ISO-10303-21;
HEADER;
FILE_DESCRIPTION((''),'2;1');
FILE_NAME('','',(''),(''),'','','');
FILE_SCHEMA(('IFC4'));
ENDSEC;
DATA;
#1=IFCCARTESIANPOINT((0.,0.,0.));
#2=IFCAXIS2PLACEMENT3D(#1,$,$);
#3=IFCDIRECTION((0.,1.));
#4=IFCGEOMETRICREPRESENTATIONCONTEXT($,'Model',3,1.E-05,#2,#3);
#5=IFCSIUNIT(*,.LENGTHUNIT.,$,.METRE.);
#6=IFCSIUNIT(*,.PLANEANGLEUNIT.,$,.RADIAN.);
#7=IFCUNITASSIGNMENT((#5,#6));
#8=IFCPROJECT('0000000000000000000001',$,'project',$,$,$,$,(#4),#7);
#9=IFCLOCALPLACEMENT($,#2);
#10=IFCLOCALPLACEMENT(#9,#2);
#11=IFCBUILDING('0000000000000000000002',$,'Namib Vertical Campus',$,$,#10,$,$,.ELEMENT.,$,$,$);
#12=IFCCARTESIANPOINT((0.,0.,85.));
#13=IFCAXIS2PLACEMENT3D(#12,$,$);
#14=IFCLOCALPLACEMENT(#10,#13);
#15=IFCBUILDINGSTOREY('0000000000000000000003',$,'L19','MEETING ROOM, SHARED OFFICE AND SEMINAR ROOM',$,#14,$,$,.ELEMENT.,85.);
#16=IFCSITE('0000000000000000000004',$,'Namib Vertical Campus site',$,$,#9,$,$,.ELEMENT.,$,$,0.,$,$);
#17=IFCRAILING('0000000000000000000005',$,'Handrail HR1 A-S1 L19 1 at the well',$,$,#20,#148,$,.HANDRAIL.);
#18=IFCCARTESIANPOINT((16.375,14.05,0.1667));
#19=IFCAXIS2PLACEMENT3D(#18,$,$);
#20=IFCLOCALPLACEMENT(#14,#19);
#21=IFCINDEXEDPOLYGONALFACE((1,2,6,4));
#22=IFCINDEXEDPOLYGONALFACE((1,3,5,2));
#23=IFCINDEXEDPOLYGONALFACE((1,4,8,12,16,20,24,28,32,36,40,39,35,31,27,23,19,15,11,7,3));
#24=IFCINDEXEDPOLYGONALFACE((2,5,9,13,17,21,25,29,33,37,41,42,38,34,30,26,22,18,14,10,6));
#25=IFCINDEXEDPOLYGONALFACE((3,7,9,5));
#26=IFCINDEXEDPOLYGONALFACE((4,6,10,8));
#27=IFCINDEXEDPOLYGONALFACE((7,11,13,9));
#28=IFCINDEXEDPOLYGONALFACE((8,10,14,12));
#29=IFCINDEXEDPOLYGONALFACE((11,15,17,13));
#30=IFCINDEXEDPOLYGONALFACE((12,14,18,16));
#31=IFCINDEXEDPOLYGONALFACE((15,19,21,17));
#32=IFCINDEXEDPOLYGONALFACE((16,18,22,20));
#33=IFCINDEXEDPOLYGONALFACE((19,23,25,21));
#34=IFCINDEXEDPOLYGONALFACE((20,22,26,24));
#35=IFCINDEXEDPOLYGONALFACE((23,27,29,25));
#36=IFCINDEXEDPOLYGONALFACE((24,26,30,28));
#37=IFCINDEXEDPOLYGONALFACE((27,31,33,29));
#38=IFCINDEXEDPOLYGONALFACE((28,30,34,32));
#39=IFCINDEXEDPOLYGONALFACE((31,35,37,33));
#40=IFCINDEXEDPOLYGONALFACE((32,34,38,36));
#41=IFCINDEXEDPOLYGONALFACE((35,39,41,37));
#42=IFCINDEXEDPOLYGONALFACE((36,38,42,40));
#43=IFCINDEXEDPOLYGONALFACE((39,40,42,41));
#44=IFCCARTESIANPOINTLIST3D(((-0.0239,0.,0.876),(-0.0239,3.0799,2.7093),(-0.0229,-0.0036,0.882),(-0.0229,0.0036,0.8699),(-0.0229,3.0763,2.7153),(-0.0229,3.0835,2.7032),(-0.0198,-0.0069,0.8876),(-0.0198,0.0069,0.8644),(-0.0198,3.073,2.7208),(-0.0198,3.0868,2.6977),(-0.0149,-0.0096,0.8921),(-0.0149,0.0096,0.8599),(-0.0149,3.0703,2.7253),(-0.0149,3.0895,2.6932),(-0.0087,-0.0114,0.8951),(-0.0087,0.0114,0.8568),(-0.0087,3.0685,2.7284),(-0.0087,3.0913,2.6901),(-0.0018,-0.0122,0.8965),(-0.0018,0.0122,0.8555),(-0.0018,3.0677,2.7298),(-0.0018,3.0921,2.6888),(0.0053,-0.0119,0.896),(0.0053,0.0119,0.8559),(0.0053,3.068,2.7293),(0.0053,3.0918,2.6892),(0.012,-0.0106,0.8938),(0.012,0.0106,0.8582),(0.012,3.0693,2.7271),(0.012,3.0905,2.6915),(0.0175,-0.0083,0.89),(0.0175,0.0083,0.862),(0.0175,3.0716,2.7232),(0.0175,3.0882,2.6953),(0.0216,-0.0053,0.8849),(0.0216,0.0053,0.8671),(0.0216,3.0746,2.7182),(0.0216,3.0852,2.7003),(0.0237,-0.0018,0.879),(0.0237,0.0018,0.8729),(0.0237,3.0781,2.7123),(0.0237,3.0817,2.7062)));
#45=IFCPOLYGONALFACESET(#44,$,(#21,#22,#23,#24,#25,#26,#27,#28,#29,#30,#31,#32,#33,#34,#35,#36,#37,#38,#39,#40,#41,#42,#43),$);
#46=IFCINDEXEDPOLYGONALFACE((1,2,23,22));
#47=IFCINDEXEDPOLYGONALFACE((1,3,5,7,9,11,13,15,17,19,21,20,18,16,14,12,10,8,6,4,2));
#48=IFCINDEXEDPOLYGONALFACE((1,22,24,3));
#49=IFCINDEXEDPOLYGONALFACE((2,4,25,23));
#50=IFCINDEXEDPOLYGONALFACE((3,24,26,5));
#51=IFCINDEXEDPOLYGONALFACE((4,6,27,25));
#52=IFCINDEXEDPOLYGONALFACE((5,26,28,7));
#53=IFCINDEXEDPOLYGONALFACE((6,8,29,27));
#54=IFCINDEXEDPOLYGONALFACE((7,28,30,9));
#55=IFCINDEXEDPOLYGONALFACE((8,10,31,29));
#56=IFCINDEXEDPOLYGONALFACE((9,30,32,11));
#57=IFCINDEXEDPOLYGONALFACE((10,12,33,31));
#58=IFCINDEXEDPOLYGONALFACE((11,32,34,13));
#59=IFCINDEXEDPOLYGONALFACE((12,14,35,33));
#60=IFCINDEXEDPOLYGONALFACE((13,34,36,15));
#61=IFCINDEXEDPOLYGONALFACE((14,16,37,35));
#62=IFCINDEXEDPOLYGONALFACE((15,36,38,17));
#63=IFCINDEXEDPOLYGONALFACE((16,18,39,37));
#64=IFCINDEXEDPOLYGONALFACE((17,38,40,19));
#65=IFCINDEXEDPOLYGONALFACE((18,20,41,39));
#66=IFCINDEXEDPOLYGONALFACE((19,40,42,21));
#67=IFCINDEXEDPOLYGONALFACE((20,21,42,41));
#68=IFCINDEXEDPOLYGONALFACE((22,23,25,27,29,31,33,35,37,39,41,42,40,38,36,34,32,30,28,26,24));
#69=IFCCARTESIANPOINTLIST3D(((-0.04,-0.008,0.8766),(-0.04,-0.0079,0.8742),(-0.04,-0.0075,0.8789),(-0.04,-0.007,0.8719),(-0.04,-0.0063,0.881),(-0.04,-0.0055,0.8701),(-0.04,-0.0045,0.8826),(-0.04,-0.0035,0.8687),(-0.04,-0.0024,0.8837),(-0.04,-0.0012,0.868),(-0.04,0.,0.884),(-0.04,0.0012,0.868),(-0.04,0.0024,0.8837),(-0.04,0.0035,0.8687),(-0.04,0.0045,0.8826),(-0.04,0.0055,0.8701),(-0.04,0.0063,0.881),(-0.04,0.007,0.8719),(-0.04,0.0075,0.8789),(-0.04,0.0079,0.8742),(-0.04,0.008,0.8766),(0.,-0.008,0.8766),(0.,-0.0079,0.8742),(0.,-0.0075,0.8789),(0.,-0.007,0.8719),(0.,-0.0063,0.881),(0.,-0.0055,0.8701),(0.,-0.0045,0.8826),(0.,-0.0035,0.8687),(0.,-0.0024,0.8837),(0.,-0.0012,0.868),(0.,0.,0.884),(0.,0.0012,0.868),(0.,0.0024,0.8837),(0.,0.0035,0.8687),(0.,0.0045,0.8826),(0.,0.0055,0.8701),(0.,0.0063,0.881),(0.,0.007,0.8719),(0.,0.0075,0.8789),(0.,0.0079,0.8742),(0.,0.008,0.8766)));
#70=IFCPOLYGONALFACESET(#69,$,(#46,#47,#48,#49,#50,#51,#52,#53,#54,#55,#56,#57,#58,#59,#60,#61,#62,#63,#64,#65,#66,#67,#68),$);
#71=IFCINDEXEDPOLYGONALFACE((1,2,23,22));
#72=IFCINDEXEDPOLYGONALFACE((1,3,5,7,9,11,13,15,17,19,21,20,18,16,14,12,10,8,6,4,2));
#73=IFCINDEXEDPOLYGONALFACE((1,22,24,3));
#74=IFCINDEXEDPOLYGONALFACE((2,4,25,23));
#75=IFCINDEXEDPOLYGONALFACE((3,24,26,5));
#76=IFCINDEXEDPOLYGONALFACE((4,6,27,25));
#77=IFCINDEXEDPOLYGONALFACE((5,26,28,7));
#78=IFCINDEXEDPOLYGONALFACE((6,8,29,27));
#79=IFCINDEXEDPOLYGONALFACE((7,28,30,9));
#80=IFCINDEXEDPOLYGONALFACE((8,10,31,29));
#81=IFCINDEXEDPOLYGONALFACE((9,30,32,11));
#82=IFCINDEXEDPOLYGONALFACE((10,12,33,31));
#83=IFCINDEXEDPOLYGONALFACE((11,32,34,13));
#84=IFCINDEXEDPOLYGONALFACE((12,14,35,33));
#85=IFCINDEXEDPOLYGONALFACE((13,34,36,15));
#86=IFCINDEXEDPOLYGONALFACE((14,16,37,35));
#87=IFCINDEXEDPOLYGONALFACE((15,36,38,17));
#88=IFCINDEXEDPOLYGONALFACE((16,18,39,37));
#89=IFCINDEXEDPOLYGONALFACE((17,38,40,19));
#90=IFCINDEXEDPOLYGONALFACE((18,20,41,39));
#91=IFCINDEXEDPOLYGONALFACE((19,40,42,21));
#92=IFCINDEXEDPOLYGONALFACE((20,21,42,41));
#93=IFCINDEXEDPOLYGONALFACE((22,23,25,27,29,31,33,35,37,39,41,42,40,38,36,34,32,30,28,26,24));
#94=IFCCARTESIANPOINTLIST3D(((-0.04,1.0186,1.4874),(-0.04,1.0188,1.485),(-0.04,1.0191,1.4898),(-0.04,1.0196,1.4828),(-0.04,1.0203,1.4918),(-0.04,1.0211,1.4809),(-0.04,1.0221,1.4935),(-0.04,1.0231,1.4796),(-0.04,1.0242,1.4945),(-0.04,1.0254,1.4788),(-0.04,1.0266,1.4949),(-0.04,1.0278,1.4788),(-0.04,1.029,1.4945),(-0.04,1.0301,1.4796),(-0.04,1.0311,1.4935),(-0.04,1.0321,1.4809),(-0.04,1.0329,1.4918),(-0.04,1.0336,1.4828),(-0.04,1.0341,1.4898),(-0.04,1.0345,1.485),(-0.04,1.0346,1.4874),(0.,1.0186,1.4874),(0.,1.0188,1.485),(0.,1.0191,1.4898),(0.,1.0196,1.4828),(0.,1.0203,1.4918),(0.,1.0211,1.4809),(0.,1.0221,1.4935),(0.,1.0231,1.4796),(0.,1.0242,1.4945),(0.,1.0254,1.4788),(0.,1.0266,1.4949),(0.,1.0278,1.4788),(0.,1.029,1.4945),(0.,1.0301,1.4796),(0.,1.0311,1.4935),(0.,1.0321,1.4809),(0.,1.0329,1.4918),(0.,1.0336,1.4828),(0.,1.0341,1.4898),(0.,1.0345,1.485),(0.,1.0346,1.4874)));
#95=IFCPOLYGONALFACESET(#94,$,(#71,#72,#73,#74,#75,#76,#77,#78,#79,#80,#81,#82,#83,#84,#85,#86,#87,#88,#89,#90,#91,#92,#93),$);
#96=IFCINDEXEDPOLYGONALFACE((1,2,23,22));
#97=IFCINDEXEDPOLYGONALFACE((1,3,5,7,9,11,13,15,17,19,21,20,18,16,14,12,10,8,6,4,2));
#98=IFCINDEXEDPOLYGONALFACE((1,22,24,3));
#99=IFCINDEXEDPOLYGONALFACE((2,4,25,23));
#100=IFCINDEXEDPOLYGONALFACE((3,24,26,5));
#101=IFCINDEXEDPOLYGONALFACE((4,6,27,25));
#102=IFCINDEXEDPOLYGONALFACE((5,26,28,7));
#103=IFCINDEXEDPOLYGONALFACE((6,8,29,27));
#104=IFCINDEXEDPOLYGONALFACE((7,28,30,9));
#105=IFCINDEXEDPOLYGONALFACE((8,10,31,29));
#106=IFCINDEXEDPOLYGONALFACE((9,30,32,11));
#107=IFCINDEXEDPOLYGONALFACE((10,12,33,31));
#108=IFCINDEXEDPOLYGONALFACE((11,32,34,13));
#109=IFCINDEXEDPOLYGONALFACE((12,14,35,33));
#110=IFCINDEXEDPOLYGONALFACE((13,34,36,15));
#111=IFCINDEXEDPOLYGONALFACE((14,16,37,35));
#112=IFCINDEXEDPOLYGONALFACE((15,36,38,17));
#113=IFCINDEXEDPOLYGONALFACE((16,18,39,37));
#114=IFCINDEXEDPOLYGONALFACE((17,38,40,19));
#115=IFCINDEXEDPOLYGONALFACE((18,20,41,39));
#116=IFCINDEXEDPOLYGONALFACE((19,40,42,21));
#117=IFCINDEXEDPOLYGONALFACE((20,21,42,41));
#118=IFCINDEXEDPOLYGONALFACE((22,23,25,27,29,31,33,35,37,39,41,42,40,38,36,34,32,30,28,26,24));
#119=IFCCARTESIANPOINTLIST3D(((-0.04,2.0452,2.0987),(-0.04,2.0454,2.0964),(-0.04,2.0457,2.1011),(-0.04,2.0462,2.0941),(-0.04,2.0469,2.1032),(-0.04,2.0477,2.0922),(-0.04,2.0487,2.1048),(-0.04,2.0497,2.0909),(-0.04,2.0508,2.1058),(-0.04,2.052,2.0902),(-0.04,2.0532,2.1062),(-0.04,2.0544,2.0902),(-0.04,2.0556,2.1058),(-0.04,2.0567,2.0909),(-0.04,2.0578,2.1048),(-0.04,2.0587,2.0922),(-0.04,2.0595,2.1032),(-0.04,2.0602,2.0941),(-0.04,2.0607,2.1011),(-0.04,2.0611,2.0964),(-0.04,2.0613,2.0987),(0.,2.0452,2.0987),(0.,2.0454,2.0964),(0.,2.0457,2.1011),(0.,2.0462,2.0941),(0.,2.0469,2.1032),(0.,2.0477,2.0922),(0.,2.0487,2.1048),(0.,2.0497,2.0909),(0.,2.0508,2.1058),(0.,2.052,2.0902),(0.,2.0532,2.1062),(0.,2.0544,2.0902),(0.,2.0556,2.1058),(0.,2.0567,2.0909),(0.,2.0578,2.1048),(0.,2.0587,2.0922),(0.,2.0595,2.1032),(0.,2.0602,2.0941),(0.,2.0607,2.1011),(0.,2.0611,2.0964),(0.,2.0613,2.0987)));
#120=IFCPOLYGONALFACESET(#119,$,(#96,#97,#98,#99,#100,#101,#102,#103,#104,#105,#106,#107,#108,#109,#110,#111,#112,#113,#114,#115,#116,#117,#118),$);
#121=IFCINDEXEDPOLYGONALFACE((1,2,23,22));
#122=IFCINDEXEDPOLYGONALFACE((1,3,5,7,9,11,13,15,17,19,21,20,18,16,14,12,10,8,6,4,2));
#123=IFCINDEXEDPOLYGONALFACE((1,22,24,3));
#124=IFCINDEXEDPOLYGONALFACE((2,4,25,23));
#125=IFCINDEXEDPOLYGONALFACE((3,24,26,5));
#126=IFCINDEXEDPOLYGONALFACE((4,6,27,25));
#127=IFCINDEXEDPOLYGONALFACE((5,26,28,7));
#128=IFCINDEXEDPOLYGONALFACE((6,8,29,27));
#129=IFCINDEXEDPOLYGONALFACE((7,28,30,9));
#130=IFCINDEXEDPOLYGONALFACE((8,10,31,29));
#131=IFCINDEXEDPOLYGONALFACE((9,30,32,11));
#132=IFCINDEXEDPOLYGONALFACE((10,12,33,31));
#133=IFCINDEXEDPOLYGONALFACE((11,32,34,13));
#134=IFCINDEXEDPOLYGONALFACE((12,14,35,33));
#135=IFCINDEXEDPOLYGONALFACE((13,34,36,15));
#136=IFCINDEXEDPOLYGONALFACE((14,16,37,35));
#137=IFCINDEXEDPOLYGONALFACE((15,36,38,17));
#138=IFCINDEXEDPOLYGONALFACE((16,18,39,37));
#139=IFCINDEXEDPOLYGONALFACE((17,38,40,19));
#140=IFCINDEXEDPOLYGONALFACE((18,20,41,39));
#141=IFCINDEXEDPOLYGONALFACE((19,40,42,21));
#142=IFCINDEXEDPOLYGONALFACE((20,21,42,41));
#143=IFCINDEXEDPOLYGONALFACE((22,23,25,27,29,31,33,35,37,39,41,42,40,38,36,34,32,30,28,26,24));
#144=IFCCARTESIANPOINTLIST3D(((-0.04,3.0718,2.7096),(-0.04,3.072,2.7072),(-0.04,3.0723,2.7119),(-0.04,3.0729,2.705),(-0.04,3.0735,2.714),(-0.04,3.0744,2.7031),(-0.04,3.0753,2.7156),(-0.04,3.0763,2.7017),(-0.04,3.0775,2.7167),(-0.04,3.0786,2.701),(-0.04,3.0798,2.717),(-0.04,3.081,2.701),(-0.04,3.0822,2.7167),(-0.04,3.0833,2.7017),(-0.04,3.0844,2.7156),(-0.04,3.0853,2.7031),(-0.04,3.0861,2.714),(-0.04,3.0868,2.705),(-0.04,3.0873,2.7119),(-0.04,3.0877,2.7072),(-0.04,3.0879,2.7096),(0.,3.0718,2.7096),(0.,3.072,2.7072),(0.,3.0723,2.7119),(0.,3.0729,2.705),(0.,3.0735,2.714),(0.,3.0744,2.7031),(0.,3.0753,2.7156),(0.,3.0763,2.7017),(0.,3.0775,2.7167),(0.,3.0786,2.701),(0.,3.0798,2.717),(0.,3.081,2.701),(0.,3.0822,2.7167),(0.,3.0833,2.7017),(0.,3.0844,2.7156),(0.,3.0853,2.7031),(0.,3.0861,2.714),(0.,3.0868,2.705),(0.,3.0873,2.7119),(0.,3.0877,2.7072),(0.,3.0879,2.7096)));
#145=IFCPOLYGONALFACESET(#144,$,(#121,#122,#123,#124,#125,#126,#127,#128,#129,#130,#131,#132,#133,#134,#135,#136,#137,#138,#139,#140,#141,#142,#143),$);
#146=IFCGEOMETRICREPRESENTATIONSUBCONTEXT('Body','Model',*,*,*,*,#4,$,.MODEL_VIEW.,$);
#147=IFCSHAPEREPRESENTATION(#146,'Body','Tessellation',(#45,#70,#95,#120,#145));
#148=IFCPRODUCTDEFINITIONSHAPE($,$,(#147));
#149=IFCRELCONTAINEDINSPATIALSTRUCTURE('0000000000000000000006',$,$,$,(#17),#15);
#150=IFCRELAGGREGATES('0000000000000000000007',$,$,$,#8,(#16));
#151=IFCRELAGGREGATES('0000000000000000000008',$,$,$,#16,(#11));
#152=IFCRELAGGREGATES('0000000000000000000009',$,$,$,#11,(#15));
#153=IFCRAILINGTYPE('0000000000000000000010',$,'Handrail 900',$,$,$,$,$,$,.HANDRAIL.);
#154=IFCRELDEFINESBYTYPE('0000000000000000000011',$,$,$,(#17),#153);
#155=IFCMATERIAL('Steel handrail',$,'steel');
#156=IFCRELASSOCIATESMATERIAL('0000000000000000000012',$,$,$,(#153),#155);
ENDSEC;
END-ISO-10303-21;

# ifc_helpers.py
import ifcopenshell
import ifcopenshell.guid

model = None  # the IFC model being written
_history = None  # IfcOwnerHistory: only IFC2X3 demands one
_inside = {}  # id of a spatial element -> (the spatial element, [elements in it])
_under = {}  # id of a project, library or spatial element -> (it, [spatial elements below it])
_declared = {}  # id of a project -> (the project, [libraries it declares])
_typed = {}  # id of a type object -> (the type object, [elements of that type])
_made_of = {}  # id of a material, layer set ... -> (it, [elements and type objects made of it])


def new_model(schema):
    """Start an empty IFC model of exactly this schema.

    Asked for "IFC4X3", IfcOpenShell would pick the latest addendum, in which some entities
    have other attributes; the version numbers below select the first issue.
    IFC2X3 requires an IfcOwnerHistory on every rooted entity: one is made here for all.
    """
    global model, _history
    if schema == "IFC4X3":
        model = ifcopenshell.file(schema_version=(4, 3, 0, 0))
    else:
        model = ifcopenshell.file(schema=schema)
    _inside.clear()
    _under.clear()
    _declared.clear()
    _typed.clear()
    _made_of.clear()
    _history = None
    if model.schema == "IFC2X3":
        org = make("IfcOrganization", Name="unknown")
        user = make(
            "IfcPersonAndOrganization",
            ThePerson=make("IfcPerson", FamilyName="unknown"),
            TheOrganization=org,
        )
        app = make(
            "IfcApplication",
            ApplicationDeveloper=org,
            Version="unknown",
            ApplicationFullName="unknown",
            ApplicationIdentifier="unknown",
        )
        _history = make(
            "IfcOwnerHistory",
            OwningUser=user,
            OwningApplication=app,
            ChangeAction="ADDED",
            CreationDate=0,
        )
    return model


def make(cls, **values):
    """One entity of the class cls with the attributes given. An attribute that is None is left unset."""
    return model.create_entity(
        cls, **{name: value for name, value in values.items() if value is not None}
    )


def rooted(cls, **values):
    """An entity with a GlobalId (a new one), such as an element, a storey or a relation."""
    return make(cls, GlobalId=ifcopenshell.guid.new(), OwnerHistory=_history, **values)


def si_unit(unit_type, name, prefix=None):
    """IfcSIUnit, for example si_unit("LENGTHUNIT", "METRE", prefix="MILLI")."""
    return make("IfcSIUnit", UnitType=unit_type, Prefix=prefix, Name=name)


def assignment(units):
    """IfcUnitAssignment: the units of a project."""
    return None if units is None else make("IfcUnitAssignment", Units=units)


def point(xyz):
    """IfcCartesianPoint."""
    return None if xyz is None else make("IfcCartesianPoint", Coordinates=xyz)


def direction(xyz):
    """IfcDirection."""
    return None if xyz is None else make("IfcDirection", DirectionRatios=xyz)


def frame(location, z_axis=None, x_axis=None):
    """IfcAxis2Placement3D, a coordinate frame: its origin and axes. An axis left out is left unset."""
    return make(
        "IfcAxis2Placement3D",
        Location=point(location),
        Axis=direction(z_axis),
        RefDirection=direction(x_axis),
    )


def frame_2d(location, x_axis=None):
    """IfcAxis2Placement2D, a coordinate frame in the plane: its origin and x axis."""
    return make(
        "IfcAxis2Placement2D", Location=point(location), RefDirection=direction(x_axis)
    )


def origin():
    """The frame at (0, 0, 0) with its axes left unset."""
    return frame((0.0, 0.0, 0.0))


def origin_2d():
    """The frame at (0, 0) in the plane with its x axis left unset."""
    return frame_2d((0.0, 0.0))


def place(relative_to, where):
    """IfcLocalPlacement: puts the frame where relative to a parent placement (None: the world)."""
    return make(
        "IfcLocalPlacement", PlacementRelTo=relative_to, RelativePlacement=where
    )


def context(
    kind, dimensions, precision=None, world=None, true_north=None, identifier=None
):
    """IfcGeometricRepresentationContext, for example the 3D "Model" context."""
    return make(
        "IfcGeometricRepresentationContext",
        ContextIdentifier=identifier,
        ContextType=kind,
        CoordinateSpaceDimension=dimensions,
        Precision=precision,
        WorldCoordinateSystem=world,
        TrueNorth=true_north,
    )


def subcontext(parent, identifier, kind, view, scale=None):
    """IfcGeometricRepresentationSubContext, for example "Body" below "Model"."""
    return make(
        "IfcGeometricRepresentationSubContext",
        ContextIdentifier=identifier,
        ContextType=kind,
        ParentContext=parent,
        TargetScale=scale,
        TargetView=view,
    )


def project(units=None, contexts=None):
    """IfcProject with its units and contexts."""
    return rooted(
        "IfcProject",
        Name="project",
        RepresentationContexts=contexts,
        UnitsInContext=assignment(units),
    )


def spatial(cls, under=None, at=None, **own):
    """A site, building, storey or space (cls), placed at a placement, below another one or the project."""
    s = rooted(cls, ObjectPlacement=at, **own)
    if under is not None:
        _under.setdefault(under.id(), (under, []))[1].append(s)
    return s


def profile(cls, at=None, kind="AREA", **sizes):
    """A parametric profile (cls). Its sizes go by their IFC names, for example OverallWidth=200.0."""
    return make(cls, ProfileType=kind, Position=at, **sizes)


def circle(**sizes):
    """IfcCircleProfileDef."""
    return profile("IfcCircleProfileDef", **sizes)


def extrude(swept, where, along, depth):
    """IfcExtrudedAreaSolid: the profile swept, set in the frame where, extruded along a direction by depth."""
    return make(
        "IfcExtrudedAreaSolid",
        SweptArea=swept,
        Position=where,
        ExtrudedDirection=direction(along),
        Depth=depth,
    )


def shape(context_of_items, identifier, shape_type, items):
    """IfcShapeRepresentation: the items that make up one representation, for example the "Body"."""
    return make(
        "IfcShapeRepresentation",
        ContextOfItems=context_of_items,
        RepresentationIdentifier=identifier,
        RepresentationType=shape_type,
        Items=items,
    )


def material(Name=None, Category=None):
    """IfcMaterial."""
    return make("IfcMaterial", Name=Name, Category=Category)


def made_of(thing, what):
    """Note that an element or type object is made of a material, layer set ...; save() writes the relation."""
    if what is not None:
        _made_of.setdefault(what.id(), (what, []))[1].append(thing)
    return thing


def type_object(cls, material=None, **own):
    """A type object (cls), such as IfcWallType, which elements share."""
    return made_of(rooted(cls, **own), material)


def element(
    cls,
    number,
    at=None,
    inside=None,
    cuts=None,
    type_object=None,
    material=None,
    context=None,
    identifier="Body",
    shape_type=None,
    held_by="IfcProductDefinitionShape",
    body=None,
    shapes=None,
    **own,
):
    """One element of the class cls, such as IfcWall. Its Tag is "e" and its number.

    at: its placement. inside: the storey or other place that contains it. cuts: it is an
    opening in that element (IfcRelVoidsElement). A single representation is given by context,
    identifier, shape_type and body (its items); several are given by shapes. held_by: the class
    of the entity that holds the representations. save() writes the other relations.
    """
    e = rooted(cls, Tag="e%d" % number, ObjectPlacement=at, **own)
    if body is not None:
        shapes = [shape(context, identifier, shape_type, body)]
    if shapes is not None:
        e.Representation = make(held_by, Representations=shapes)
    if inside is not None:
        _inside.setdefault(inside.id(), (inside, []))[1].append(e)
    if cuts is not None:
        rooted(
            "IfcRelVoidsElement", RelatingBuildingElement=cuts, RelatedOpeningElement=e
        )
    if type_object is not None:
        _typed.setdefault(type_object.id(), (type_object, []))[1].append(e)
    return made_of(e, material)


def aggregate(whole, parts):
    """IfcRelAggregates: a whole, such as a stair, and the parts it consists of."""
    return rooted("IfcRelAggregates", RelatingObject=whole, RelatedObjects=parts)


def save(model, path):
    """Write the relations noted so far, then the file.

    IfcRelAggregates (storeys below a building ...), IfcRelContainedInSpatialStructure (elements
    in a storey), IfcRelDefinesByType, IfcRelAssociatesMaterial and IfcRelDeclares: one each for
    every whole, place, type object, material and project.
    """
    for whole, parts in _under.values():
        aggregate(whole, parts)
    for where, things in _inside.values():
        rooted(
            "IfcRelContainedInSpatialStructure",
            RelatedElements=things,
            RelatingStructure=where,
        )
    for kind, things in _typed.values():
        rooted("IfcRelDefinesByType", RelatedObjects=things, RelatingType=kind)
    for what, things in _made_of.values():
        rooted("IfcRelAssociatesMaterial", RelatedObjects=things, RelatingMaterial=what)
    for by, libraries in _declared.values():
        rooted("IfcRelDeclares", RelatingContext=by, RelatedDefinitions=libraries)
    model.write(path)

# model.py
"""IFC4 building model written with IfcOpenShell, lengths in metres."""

from ifc_helpers import new_model, si_unit, direction, frame, origin, origin_2d, place, context, subcontext, project, spatial, circle, extrude, material, type_object, element, save


model = new_model("IFC4")

# Units and contexts
model_context = context("Model", 3, precision=1e-05, world=origin(), true_north=direction((0.0, 1.0)))
body_context = subcontext(model_context, "Body", "Model", "MODEL_VIEW")
ifc_project = project(units=[si_unit("LENGTHUNIT", "METRE"), si_unit("PLANEANGLEUNIT", "RADIAN")], contexts=[model_context])

# Site, building, storey
site_placement = place(None, origin())
site = spatial("IfcSite", under=ifc_project, at=site_placement, Name="Namib Vertical Campus site", CompositionType="ELEMENT", RefElevation=0.0)
building_placement = place(site_placement, origin())
building = spatial("IfcBuilding", under=site, at=building_placement, Name="Namib Vertical Campus", CompositionType="ELEMENT")
storey_placement = place(building_placement, frame((0.0, 0.0, 85.0)))
storey = spatial("IfcBuildingStorey", under=building, at=storey_placement, Name="L19", Description="MEETING ROOM, SHARED OFFICE AND SEMINAR ROOM", CompositionType="ELEMENT", Elevation=85.0)

# Railing
ifc_material_1 = material(Name="Steel handrail", Category="steel")
railing_type_1 = type_object("IfcRailingType", Name="Handrail 900", PredefinedType="HANDRAIL", material=ifc_material_1)
railing_1_placement = place(storey_placement, frame((16.375, 14.05, 0.1667)))
element("IfcRailing", 1, at=railing_1_placement, inside=storey, type_object=railing_type_1, Name="Handrail HR1 A-S1 L19 1 at the well", PredefinedType="HANDRAIL", context=body_context, shape_type="SweptSolid", body=[
    extrude(circle(Radius=0.0239, at=origin_2d()), frame((0.0, 0.0, 0.876), z_axis=(0.0, 0.859291, 0.511487), x_axis=(-1.0, 0.0, 0.0)), (0.0, 0.0, 1.0), 3.5842),
    extrude(circle(Radius=0.0081, at=origin_2d()), frame((0.0, 0.0, 0.876), z_axis=(-1.0, 0.0, 0.0), x_axis=(0.0, 0.0, 1.0)), (0.0, 0.0, 1.0), 0.04),
    extrude(circle(Radius=0.0081, at=origin_2d()), frame((0.0, 1.0266, 1.4868), z_axis=(-1.0, 0.0, 0.0), x_axis=(0.0, 0.0, 1.0)), (0.0, 0.0, 1.0), 0.04),
    extrude(circle(Radius=0.0081, at=origin_2d()), frame((0.0, 2.0532, 2.0981), z_axis=(-1.0, 0.0, 0.0), x_axis=(0.0, 0.0, 1.0)), (0.0, 0.0, 1.0), 0.04),
    extrude(circle(Radius=0.0081, at=origin_2d()), frame((0.0, 3.0798, 2.709), z_axis=(-1.0, 0.0, 0.0), x_axis=(0.0, 0.0, 1.0)), (0.0, 0.0, 1.0), 0.04),
])

save(model, "model.ifc")
